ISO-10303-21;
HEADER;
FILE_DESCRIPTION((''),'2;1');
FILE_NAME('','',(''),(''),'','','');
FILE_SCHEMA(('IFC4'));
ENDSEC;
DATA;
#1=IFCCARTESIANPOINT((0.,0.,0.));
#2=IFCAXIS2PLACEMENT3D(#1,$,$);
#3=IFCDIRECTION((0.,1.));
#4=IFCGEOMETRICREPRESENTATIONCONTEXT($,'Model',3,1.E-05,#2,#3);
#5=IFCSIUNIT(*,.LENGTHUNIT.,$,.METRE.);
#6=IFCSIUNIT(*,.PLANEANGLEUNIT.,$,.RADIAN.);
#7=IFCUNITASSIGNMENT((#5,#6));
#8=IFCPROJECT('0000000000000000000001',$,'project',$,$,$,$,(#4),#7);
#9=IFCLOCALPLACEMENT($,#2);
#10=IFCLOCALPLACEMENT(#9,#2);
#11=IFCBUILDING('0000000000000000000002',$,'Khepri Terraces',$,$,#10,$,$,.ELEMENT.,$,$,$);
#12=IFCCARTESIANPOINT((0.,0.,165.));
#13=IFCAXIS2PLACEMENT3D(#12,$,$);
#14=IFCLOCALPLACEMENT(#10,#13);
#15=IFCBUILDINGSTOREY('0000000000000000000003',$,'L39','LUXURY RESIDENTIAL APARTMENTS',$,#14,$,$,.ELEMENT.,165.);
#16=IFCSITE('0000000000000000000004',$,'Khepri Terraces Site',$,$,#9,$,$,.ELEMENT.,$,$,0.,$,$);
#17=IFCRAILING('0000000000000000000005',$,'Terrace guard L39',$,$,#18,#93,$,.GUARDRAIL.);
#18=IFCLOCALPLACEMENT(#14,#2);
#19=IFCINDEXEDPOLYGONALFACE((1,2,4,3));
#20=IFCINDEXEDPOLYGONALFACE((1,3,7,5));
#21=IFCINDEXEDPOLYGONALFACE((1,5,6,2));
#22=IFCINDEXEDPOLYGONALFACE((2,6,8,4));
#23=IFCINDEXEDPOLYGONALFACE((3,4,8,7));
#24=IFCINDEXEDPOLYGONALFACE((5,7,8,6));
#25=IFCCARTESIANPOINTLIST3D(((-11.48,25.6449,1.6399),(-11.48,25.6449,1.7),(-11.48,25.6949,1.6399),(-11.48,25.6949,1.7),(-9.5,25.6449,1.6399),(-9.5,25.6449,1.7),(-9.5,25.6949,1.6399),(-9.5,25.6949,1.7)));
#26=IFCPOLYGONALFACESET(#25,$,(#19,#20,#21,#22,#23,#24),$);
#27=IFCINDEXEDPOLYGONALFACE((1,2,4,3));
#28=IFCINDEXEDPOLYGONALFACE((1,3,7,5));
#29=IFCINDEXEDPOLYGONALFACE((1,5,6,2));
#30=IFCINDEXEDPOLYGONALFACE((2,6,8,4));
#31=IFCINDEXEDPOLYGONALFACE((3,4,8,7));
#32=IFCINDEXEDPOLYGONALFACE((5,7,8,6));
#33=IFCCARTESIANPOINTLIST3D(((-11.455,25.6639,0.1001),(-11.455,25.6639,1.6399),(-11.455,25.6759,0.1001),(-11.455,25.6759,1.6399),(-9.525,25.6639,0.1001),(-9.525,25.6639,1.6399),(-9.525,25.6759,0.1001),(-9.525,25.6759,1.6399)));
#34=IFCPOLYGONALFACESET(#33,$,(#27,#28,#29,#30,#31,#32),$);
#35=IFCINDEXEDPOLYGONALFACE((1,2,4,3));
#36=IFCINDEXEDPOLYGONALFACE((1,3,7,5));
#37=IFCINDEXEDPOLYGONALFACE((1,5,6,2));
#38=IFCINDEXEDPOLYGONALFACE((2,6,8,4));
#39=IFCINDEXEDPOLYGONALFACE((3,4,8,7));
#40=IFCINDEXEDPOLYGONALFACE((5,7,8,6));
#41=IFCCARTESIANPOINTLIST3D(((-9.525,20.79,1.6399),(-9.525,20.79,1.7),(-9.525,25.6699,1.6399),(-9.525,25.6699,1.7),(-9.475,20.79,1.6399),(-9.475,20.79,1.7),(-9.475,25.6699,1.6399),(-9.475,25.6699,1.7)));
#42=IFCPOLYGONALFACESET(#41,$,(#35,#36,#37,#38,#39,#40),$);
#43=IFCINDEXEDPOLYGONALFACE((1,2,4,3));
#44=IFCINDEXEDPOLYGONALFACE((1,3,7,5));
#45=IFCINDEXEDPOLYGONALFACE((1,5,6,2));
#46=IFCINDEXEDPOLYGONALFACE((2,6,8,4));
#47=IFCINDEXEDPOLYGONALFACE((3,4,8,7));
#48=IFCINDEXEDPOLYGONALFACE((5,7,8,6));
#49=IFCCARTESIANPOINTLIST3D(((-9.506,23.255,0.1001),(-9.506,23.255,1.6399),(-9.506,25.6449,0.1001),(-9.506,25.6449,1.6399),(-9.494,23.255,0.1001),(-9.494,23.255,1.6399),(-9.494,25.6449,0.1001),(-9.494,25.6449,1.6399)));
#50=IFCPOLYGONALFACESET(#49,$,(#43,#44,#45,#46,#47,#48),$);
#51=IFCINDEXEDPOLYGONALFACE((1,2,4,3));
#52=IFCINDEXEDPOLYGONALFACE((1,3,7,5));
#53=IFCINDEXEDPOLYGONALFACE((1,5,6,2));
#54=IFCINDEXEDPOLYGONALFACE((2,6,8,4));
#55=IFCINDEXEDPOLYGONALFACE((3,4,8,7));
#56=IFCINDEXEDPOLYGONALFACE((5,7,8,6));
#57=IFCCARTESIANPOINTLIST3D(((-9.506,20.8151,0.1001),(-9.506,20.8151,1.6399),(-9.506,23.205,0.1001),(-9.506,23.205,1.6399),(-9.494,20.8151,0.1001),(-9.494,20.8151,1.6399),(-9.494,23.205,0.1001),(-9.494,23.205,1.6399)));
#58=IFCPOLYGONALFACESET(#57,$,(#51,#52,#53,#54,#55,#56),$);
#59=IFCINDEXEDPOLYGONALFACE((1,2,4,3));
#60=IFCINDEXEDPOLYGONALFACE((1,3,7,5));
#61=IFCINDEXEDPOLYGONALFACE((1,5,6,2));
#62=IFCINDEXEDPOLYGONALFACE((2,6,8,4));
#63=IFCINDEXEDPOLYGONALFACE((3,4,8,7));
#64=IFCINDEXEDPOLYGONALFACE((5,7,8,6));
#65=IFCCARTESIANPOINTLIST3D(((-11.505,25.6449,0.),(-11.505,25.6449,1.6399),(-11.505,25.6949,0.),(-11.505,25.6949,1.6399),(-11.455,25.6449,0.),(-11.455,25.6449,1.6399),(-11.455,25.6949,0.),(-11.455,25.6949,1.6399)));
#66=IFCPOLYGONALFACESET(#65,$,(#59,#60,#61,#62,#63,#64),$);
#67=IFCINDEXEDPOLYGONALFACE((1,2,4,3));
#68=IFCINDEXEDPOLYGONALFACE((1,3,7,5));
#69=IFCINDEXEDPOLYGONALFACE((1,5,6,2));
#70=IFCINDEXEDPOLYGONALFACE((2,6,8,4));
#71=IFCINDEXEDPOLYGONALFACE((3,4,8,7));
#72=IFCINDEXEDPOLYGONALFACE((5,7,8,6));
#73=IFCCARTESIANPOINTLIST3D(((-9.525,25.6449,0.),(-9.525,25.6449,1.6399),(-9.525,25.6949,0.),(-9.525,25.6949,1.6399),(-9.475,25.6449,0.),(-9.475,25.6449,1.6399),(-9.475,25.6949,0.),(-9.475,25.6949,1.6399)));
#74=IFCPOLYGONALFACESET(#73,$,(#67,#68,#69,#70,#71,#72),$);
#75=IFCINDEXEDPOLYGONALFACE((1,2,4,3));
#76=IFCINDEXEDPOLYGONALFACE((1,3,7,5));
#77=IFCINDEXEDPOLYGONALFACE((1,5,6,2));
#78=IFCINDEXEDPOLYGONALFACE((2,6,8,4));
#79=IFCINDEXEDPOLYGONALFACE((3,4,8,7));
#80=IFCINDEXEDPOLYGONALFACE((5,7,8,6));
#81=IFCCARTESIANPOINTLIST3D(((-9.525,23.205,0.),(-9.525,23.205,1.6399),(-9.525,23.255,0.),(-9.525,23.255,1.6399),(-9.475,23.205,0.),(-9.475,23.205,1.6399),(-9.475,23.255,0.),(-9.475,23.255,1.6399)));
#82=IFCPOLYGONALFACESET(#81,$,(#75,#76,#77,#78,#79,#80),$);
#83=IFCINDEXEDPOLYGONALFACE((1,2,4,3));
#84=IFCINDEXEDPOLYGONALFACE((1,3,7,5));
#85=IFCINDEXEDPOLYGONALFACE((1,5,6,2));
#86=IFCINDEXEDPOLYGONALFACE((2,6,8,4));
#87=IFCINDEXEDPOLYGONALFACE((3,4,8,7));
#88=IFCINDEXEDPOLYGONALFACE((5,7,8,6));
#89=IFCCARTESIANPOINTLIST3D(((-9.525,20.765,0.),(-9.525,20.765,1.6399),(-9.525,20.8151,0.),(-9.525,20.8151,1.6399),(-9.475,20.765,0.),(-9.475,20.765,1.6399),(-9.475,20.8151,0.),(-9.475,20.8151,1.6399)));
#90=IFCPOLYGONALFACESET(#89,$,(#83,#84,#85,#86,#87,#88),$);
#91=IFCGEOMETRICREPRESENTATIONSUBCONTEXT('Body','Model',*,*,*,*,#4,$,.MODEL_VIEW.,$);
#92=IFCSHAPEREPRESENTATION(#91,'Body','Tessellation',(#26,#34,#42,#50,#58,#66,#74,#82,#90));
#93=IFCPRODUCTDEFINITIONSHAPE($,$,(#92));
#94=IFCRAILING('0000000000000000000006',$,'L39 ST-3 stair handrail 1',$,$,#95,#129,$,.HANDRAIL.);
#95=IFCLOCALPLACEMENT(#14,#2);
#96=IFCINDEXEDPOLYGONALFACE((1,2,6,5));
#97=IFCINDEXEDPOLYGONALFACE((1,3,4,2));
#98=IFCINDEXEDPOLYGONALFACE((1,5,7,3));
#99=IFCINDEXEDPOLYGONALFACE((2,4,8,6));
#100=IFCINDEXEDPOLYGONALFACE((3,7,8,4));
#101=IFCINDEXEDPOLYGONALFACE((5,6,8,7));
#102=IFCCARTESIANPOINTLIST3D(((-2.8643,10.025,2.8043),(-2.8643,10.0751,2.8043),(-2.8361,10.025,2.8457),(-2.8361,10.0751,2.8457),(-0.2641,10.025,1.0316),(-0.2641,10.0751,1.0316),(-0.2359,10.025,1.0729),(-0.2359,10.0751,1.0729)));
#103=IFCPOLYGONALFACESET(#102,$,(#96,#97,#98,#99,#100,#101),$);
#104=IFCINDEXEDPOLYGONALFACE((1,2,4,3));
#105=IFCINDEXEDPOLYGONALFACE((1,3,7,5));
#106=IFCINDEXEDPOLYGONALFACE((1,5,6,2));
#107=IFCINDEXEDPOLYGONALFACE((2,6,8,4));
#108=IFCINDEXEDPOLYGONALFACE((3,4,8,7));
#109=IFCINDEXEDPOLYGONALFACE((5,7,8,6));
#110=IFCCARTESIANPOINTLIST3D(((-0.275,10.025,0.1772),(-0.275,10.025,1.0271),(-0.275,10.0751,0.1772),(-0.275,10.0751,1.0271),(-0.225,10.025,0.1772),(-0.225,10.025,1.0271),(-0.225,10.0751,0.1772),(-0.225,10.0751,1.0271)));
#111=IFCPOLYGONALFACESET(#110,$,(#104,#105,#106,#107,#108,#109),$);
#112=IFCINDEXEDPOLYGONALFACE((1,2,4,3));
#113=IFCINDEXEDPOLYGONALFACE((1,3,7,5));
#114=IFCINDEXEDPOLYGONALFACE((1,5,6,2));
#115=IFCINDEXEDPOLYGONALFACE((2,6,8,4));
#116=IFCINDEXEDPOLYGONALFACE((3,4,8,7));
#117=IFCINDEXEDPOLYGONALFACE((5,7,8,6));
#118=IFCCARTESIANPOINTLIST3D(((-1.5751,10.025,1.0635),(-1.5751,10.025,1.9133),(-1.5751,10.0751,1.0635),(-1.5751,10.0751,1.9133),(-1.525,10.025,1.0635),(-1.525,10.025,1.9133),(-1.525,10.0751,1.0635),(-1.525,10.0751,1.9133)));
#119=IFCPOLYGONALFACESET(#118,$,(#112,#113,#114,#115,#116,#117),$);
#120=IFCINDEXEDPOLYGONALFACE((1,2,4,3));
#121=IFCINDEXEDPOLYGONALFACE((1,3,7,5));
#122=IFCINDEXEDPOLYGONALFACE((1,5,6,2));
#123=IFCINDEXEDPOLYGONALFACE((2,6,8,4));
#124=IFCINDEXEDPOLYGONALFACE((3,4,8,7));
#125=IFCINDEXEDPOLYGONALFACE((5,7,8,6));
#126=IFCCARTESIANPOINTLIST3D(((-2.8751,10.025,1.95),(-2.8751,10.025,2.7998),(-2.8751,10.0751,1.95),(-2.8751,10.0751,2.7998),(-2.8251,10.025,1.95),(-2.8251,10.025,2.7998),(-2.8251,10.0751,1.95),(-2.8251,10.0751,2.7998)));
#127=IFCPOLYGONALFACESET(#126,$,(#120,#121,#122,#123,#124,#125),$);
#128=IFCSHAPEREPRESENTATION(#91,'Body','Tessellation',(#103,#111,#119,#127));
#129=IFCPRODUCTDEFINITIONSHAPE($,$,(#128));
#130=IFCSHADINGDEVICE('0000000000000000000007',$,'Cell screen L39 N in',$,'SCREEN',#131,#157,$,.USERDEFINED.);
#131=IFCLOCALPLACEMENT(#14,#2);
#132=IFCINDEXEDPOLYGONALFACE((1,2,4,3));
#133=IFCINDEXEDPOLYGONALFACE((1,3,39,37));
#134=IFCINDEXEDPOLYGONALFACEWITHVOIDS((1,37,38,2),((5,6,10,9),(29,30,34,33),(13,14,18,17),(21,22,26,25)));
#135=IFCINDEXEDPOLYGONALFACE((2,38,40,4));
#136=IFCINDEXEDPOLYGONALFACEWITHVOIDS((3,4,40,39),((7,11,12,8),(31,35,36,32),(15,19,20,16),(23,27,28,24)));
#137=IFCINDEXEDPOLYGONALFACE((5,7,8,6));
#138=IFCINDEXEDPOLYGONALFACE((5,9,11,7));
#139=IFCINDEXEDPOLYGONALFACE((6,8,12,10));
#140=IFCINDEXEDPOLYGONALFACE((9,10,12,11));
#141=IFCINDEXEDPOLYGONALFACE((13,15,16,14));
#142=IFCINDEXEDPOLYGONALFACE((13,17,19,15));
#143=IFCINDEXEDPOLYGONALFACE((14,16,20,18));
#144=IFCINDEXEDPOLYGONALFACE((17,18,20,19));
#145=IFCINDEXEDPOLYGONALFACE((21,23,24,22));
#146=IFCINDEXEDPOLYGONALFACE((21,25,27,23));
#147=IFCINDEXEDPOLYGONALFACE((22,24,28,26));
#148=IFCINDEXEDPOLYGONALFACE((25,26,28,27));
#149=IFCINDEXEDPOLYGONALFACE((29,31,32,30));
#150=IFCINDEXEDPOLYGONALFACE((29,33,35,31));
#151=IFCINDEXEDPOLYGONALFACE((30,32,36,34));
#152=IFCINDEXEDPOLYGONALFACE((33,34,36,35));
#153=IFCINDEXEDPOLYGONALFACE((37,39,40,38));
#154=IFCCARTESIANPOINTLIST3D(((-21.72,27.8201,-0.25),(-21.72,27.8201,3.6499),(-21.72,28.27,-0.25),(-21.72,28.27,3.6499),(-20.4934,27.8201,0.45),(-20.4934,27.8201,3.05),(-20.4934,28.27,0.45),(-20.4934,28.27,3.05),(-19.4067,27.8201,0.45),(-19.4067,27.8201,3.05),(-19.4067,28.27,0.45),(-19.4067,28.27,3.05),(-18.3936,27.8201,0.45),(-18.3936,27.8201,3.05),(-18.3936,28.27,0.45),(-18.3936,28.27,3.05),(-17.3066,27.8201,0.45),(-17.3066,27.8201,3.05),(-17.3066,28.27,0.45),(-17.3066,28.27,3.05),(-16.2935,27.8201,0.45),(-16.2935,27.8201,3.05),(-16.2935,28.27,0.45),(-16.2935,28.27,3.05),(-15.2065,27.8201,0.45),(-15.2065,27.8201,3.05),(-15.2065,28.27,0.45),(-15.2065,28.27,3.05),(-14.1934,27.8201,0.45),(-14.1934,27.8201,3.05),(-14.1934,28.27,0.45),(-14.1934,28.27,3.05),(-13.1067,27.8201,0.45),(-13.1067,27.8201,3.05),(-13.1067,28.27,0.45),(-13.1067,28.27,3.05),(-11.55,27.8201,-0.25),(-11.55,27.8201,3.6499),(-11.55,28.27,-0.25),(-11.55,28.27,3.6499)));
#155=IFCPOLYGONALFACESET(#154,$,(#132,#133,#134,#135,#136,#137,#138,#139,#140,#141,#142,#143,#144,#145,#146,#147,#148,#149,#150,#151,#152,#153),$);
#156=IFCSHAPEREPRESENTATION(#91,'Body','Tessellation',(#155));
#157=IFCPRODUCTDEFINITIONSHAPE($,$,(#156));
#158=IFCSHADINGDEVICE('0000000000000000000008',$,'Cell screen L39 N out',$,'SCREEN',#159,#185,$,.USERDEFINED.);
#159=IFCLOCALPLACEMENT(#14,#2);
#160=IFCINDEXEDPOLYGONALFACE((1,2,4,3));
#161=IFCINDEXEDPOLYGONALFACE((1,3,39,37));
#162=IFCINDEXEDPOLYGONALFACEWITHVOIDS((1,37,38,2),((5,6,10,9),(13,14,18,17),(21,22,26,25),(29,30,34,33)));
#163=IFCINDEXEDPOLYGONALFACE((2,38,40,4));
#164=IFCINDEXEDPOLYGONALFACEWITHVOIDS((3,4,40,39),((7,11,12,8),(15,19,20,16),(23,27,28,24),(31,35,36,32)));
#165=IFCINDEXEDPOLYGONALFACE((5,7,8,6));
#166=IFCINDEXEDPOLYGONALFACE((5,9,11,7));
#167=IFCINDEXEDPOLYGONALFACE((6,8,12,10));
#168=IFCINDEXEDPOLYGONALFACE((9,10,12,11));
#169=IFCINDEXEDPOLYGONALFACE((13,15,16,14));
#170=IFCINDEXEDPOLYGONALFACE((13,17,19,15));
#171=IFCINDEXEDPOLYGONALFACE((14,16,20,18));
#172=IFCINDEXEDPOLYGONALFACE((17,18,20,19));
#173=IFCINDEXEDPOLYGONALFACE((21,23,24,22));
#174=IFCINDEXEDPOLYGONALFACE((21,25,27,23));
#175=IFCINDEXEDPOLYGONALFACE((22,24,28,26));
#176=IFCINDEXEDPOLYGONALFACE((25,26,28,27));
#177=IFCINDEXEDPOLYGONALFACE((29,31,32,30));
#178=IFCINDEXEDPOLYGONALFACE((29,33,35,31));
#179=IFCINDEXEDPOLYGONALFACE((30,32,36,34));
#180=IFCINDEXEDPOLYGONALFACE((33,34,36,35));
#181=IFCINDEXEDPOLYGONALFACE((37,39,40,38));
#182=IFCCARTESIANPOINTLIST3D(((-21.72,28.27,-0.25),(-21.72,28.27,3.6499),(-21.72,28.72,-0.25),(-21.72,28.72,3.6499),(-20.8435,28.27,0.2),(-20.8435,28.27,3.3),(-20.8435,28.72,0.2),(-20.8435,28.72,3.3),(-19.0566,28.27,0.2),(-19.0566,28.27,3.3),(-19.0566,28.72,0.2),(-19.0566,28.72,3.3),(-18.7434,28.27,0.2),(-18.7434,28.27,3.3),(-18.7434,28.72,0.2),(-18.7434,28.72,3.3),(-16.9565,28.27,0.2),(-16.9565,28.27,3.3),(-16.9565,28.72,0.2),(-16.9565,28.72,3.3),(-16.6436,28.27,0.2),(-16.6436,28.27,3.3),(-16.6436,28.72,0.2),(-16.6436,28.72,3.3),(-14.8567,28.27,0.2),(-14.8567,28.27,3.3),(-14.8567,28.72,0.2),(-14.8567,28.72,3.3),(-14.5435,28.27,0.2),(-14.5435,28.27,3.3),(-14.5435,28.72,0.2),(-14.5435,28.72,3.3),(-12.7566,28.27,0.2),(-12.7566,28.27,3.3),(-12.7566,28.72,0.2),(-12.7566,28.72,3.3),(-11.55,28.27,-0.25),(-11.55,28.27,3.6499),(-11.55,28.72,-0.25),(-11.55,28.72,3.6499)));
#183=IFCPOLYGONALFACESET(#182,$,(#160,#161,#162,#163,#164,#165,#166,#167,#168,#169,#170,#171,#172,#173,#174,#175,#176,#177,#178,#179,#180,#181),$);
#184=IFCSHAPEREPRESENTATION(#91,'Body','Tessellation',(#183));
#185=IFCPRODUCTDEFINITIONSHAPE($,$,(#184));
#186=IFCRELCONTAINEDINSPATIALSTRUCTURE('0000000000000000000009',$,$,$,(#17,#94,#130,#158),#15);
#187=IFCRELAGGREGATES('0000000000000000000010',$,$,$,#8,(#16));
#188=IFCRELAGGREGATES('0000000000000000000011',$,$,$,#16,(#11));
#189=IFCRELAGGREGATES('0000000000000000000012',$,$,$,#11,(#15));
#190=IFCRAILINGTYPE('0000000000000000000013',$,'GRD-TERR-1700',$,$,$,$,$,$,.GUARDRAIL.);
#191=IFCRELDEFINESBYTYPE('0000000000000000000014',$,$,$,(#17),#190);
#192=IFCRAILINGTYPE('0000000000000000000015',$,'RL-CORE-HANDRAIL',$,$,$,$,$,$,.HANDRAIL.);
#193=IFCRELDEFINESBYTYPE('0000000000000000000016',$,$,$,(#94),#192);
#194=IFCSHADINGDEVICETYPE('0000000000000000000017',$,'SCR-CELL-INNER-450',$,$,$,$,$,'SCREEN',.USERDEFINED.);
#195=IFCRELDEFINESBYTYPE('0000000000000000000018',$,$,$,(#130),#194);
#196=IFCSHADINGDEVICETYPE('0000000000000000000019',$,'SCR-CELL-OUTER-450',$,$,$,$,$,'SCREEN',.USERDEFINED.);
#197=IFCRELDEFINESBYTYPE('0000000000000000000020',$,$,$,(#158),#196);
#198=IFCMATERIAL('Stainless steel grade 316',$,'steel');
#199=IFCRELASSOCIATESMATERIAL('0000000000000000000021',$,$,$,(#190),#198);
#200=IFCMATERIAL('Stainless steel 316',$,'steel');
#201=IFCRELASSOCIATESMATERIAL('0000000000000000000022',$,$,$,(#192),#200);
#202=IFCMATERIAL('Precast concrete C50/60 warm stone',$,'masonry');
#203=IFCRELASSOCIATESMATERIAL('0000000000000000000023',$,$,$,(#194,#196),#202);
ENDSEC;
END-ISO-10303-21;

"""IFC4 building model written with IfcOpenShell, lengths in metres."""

from ifc_helpers import new_model, si_unit, direction, frame, origin, origin_2d, place, context, subcontext, project, spatial, polyline, rectangle, outline, extrude, material, type_object, element, save


model = new_model("IFC4")

# Units and contexts
model_context = context("Model", 3, precision=1e-05, world=origin(), true_north=direction((0.0, 1.0)))
body_context = subcontext(model_context, "Body", "Model", "MODEL_VIEW")
ifc_project = project(units=[si_unit("LENGTHUNIT", "METRE"), si_unit("PLANEANGLEUNIT", "RADIAN")], contexts=[model_context])

# Site, building, storey
site_placement = place(None, origin())
site = spatial("IfcSite", under=ifc_project, at=site_placement, Name="Khepri Terraces Site", CompositionType="ELEMENT", RefElevation=0.0)
building_placement = place(site_placement, origin())
building = spatial("IfcBuilding", under=site, at=building_placement, Name="Khepri Terraces", CompositionType="ELEMENT")
storey_placement = place(building_placement, frame((0.0, 0.0, 165.0)))
storey = spatial("IfcBuildingStorey", under=building, at=storey_placement, Name="L39", Description="LUXURY RESIDENTIAL APARTMENTS", CompositionType="ELEMENT", Elevation=165.0)

# Shared definitions
ifc_material_1 = material(Name="Precast concrete C50/60 warm stone", Category="masonry")

# Railings
ifc_material_2 = material(Name="Stainless steel grade 316", Category="steel")
railing_type_1 = type_object("IfcRailingType", Name="GRD-TERR-1700", PredefinedType="GUARDRAIL", material=ifc_material_2)
railing_1_placement = place(storey_placement, frame((-11.48, 25.6699, 0.0)))
element("IfcRailing", 1, at=railing_1_placement, inside=storey, type_object=railing_type_1, Name="Terrace guard L39", PredefinedType="GUARDRAIL", context=body_context, shape_type="SweptSolid", body=[
    extrude(rectangle(XDim=0.05, YDim=0.0601, at=origin_2d()), frame((0.0, 0.0, 1.6699), z_axis=(1.0, 0.0, 0.0), x_axis=(0.0, 1.0, 0.0)), (0.0, 0.0, 1.0), 1.98),
    extrude(rectangle(XDim=1.9299, YDim=0.012, at=origin_2d()), frame((0.99, 0.0, 0.1001), z_axis=(0.0, 0.0, 1.0), x_axis=(1.0, 0.0, 0.0)), (0.0, 0.0, 1.0), 1.5398),
    extrude(rectangle(XDim=0.05, YDim=0.0601, at=origin_2d()), frame((1.98, 0.0, 1.6699), z_axis=(0.0, -1.0, 0.0), x_axis=(1.0, 0.0, 0.0)), (0.0, 0.0, 1.0), 4.8799),
    extrude(rectangle(XDim=2.3899, YDim=0.012, at=origin_2d()), frame((1.98, -1.22, 0.1001), z_axis=(0.0, 0.0, 1.0), x_axis=(0.0, -1.0, 0.0)), (0.0, 0.0, 1.0), 1.5398),
    extrude(rectangle(XDim=2.3899, YDim=0.012, at=origin_2d()), frame((1.98, -3.6599, 0.1001), z_axis=(0.0, 0.0, 1.0), x_axis=(0.0, -1.0, 0.0)), (0.0, 0.0, 1.0), 1.5398),
    extrude(rectangle(XDim=0.05, YDim=0.05, at=origin_2d()), origin(), (0.0, 0.0, 1.0), 1.6399),
    extrude(rectangle(XDim=0.05, YDim=0.05, at=origin_2d()), frame((1.98, 0.0, 0.0)), (0.0, 0.0, 1.0), 1.6399),
    extrude(rectangle(XDim=0.05, YDim=0.05, at=origin_2d()), frame((1.98, -2.4399, 0.0)), (0.0, 0.0, 1.0), 1.6399),
    extrude(rectangle(XDim=0.05, YDim=0.05, at=origin_2d()), frame((1.98, -4.8799, 0.0)), (0.0, 0.0, 1.0), 1.6399),
])
ifc_material_3 = material(Name="Stainless steel 316", Category="steel")
railing_type_2 = type_object("IfcRailingType", Name="RL-CORE-HANDRAIL", PredefinedType="HANDRAIL", material=ifc_material_3)
railing_2_placement = place(storey_placement, frame((-0.25, 10.05, 0.1772)))
element("IfcRailing", 2, at=railing_2_placement, inside=storey, type_object=railing_type_2, Name="L39 ST-3 stair handrail 1", PredefinedType="HANDRAIL", context=body_context, shape_type="SweptSolid", body=[
    extrude(rectangle(XDim=0.05, YDim=0.05, at=origin_2d()), frame((0.0, 0.0, 0.875), z_axis=(-0.82624, 0.0, 0.563318), x_axis=(0.0, -1.0, 0.0)), (0.0, 0.0, 1.0), 3.147),
    extrude(rectangle(XDim=0.05, YDim=0.05, at=origin_2d()), origin(), (0.0, 0.0, 1.0), 0.8499),
    extrude(rectangle(XDim=0.05, YDim=0.05, at=origin_2d()), frame((-1.3, 0.0, 0.8862)), (0.0, 0.0, 1.0), 0.8499),
    extrude(rectangle(XDim=0.05, YDim=0.05, at=origin_2d()), frame((-2.6001, 0.0, 1.7727)), (0.0, 0.0, 1.0), 0.8499),
])

# Shading devices
shading_device_type_1 = type_object("IfcShadingDeviceType", Name="SCR-CELL-INNER-450", ElementType="SCREEN", PredefinedType="USERDEFINED", material=ifc_material_1)
shading_device_1_placement = place(storey_placement, frame((-11.55, 27.8201, -0.25), z_axis=(0.0, 1.0, 0.0), x_axis=(-1.0, 0.0, 0.0)))
element("IfcShadingDevice", 3, at=shading_device_1_placement, inside=storey, type_object=shading_device_type_1, Name="Cell screen L39 N in", ObjectType="SCREEN", PredefinedType="USERDEFINED", context=body_context, shape_type="SweptSolid", body=[
    extrude(outline(polyline([(0.0, 0.0), (10.1699, 0.0), (10.1699, 3.8999), (0.0, 3.8999), (0.0, 0.0)]), holes=[polyline([(1.5566, 0.7), (2.6433, 0.7), (2.6433, 3.3), (1.5566, 3.3), (1.5566, 0.7)]), polyline([(3.6565, 0.7), (4.7434, 0.7), (4.7434, 3.3), (3.6565, 3.3), (3.6565, 0.7)]), polyline([(5.7566, 0.7), (6.8435, 0.7), (6.8435, 3.3), (5.7566, 3.3), (5.7566, 0.7)]), polyline([(7.8567, 0.7), (8.9434, 0.7), (8.9434, 3.3), (7.8567, 3.3), (7.8567, 0.7)])]), origin(), (0.0, 0.0, 1.0), 0.45),
])
shading_device_type_2 = type_object("IfcShadingDeviceType", Name="SCR-CELL-OUTER-450", ElementType="SCREEN", PredefinedType="USERDEFINED", material=ifc_material_1)
shading_device_2_placement = place(storey_placement, frame((-11.55, 28.27, -0.25), z_axis=(0.0, 1.0, 0.0), x_axis=(-1.0, 0.0, 0.0)))
element("IfcShadingDevice", 4, at=shading_device_2_placement, inside=storey, type_object=shading_device_type_2, Name="Cell screen L39 N out", ObjectType="SCREEN", PredefinedType="USERDEFINED", context=body_context, shape_type="SweptSolid", body=[
    extrude(outline(polyline([(0.0, 0.0), (10.1699, 0.0), (10.1699, 3.8999), (0.0, 3.8999), (0.0, 0.0)]), holes=[polyline([(1.2065, 0.45), (2.9934, 0.45), (2.9934, 3.55), (1.2065, 3.55), (1.2065, 0.45)]), polyline([(3.3066, 0.45), (5.0935, 0.45), (5.0935, 3.55), (3.3066, 3.55), (3.3066, 0.45)]), polyline([(5.4065, 0.45), (7.1934, 0.45), (7.1934, 3.55), (5.4065, 3.55), (5.4065, 0.45)]), polyline([(7.5066, 0.45), (9.2935, 0.45), (9.2935, 3.55), (7.5066, 3.55), (7.5066, 0.45)])]), origin(), (0.0, 0.0, 1.0), 0.45),
])

save(model, "model.ifc")
